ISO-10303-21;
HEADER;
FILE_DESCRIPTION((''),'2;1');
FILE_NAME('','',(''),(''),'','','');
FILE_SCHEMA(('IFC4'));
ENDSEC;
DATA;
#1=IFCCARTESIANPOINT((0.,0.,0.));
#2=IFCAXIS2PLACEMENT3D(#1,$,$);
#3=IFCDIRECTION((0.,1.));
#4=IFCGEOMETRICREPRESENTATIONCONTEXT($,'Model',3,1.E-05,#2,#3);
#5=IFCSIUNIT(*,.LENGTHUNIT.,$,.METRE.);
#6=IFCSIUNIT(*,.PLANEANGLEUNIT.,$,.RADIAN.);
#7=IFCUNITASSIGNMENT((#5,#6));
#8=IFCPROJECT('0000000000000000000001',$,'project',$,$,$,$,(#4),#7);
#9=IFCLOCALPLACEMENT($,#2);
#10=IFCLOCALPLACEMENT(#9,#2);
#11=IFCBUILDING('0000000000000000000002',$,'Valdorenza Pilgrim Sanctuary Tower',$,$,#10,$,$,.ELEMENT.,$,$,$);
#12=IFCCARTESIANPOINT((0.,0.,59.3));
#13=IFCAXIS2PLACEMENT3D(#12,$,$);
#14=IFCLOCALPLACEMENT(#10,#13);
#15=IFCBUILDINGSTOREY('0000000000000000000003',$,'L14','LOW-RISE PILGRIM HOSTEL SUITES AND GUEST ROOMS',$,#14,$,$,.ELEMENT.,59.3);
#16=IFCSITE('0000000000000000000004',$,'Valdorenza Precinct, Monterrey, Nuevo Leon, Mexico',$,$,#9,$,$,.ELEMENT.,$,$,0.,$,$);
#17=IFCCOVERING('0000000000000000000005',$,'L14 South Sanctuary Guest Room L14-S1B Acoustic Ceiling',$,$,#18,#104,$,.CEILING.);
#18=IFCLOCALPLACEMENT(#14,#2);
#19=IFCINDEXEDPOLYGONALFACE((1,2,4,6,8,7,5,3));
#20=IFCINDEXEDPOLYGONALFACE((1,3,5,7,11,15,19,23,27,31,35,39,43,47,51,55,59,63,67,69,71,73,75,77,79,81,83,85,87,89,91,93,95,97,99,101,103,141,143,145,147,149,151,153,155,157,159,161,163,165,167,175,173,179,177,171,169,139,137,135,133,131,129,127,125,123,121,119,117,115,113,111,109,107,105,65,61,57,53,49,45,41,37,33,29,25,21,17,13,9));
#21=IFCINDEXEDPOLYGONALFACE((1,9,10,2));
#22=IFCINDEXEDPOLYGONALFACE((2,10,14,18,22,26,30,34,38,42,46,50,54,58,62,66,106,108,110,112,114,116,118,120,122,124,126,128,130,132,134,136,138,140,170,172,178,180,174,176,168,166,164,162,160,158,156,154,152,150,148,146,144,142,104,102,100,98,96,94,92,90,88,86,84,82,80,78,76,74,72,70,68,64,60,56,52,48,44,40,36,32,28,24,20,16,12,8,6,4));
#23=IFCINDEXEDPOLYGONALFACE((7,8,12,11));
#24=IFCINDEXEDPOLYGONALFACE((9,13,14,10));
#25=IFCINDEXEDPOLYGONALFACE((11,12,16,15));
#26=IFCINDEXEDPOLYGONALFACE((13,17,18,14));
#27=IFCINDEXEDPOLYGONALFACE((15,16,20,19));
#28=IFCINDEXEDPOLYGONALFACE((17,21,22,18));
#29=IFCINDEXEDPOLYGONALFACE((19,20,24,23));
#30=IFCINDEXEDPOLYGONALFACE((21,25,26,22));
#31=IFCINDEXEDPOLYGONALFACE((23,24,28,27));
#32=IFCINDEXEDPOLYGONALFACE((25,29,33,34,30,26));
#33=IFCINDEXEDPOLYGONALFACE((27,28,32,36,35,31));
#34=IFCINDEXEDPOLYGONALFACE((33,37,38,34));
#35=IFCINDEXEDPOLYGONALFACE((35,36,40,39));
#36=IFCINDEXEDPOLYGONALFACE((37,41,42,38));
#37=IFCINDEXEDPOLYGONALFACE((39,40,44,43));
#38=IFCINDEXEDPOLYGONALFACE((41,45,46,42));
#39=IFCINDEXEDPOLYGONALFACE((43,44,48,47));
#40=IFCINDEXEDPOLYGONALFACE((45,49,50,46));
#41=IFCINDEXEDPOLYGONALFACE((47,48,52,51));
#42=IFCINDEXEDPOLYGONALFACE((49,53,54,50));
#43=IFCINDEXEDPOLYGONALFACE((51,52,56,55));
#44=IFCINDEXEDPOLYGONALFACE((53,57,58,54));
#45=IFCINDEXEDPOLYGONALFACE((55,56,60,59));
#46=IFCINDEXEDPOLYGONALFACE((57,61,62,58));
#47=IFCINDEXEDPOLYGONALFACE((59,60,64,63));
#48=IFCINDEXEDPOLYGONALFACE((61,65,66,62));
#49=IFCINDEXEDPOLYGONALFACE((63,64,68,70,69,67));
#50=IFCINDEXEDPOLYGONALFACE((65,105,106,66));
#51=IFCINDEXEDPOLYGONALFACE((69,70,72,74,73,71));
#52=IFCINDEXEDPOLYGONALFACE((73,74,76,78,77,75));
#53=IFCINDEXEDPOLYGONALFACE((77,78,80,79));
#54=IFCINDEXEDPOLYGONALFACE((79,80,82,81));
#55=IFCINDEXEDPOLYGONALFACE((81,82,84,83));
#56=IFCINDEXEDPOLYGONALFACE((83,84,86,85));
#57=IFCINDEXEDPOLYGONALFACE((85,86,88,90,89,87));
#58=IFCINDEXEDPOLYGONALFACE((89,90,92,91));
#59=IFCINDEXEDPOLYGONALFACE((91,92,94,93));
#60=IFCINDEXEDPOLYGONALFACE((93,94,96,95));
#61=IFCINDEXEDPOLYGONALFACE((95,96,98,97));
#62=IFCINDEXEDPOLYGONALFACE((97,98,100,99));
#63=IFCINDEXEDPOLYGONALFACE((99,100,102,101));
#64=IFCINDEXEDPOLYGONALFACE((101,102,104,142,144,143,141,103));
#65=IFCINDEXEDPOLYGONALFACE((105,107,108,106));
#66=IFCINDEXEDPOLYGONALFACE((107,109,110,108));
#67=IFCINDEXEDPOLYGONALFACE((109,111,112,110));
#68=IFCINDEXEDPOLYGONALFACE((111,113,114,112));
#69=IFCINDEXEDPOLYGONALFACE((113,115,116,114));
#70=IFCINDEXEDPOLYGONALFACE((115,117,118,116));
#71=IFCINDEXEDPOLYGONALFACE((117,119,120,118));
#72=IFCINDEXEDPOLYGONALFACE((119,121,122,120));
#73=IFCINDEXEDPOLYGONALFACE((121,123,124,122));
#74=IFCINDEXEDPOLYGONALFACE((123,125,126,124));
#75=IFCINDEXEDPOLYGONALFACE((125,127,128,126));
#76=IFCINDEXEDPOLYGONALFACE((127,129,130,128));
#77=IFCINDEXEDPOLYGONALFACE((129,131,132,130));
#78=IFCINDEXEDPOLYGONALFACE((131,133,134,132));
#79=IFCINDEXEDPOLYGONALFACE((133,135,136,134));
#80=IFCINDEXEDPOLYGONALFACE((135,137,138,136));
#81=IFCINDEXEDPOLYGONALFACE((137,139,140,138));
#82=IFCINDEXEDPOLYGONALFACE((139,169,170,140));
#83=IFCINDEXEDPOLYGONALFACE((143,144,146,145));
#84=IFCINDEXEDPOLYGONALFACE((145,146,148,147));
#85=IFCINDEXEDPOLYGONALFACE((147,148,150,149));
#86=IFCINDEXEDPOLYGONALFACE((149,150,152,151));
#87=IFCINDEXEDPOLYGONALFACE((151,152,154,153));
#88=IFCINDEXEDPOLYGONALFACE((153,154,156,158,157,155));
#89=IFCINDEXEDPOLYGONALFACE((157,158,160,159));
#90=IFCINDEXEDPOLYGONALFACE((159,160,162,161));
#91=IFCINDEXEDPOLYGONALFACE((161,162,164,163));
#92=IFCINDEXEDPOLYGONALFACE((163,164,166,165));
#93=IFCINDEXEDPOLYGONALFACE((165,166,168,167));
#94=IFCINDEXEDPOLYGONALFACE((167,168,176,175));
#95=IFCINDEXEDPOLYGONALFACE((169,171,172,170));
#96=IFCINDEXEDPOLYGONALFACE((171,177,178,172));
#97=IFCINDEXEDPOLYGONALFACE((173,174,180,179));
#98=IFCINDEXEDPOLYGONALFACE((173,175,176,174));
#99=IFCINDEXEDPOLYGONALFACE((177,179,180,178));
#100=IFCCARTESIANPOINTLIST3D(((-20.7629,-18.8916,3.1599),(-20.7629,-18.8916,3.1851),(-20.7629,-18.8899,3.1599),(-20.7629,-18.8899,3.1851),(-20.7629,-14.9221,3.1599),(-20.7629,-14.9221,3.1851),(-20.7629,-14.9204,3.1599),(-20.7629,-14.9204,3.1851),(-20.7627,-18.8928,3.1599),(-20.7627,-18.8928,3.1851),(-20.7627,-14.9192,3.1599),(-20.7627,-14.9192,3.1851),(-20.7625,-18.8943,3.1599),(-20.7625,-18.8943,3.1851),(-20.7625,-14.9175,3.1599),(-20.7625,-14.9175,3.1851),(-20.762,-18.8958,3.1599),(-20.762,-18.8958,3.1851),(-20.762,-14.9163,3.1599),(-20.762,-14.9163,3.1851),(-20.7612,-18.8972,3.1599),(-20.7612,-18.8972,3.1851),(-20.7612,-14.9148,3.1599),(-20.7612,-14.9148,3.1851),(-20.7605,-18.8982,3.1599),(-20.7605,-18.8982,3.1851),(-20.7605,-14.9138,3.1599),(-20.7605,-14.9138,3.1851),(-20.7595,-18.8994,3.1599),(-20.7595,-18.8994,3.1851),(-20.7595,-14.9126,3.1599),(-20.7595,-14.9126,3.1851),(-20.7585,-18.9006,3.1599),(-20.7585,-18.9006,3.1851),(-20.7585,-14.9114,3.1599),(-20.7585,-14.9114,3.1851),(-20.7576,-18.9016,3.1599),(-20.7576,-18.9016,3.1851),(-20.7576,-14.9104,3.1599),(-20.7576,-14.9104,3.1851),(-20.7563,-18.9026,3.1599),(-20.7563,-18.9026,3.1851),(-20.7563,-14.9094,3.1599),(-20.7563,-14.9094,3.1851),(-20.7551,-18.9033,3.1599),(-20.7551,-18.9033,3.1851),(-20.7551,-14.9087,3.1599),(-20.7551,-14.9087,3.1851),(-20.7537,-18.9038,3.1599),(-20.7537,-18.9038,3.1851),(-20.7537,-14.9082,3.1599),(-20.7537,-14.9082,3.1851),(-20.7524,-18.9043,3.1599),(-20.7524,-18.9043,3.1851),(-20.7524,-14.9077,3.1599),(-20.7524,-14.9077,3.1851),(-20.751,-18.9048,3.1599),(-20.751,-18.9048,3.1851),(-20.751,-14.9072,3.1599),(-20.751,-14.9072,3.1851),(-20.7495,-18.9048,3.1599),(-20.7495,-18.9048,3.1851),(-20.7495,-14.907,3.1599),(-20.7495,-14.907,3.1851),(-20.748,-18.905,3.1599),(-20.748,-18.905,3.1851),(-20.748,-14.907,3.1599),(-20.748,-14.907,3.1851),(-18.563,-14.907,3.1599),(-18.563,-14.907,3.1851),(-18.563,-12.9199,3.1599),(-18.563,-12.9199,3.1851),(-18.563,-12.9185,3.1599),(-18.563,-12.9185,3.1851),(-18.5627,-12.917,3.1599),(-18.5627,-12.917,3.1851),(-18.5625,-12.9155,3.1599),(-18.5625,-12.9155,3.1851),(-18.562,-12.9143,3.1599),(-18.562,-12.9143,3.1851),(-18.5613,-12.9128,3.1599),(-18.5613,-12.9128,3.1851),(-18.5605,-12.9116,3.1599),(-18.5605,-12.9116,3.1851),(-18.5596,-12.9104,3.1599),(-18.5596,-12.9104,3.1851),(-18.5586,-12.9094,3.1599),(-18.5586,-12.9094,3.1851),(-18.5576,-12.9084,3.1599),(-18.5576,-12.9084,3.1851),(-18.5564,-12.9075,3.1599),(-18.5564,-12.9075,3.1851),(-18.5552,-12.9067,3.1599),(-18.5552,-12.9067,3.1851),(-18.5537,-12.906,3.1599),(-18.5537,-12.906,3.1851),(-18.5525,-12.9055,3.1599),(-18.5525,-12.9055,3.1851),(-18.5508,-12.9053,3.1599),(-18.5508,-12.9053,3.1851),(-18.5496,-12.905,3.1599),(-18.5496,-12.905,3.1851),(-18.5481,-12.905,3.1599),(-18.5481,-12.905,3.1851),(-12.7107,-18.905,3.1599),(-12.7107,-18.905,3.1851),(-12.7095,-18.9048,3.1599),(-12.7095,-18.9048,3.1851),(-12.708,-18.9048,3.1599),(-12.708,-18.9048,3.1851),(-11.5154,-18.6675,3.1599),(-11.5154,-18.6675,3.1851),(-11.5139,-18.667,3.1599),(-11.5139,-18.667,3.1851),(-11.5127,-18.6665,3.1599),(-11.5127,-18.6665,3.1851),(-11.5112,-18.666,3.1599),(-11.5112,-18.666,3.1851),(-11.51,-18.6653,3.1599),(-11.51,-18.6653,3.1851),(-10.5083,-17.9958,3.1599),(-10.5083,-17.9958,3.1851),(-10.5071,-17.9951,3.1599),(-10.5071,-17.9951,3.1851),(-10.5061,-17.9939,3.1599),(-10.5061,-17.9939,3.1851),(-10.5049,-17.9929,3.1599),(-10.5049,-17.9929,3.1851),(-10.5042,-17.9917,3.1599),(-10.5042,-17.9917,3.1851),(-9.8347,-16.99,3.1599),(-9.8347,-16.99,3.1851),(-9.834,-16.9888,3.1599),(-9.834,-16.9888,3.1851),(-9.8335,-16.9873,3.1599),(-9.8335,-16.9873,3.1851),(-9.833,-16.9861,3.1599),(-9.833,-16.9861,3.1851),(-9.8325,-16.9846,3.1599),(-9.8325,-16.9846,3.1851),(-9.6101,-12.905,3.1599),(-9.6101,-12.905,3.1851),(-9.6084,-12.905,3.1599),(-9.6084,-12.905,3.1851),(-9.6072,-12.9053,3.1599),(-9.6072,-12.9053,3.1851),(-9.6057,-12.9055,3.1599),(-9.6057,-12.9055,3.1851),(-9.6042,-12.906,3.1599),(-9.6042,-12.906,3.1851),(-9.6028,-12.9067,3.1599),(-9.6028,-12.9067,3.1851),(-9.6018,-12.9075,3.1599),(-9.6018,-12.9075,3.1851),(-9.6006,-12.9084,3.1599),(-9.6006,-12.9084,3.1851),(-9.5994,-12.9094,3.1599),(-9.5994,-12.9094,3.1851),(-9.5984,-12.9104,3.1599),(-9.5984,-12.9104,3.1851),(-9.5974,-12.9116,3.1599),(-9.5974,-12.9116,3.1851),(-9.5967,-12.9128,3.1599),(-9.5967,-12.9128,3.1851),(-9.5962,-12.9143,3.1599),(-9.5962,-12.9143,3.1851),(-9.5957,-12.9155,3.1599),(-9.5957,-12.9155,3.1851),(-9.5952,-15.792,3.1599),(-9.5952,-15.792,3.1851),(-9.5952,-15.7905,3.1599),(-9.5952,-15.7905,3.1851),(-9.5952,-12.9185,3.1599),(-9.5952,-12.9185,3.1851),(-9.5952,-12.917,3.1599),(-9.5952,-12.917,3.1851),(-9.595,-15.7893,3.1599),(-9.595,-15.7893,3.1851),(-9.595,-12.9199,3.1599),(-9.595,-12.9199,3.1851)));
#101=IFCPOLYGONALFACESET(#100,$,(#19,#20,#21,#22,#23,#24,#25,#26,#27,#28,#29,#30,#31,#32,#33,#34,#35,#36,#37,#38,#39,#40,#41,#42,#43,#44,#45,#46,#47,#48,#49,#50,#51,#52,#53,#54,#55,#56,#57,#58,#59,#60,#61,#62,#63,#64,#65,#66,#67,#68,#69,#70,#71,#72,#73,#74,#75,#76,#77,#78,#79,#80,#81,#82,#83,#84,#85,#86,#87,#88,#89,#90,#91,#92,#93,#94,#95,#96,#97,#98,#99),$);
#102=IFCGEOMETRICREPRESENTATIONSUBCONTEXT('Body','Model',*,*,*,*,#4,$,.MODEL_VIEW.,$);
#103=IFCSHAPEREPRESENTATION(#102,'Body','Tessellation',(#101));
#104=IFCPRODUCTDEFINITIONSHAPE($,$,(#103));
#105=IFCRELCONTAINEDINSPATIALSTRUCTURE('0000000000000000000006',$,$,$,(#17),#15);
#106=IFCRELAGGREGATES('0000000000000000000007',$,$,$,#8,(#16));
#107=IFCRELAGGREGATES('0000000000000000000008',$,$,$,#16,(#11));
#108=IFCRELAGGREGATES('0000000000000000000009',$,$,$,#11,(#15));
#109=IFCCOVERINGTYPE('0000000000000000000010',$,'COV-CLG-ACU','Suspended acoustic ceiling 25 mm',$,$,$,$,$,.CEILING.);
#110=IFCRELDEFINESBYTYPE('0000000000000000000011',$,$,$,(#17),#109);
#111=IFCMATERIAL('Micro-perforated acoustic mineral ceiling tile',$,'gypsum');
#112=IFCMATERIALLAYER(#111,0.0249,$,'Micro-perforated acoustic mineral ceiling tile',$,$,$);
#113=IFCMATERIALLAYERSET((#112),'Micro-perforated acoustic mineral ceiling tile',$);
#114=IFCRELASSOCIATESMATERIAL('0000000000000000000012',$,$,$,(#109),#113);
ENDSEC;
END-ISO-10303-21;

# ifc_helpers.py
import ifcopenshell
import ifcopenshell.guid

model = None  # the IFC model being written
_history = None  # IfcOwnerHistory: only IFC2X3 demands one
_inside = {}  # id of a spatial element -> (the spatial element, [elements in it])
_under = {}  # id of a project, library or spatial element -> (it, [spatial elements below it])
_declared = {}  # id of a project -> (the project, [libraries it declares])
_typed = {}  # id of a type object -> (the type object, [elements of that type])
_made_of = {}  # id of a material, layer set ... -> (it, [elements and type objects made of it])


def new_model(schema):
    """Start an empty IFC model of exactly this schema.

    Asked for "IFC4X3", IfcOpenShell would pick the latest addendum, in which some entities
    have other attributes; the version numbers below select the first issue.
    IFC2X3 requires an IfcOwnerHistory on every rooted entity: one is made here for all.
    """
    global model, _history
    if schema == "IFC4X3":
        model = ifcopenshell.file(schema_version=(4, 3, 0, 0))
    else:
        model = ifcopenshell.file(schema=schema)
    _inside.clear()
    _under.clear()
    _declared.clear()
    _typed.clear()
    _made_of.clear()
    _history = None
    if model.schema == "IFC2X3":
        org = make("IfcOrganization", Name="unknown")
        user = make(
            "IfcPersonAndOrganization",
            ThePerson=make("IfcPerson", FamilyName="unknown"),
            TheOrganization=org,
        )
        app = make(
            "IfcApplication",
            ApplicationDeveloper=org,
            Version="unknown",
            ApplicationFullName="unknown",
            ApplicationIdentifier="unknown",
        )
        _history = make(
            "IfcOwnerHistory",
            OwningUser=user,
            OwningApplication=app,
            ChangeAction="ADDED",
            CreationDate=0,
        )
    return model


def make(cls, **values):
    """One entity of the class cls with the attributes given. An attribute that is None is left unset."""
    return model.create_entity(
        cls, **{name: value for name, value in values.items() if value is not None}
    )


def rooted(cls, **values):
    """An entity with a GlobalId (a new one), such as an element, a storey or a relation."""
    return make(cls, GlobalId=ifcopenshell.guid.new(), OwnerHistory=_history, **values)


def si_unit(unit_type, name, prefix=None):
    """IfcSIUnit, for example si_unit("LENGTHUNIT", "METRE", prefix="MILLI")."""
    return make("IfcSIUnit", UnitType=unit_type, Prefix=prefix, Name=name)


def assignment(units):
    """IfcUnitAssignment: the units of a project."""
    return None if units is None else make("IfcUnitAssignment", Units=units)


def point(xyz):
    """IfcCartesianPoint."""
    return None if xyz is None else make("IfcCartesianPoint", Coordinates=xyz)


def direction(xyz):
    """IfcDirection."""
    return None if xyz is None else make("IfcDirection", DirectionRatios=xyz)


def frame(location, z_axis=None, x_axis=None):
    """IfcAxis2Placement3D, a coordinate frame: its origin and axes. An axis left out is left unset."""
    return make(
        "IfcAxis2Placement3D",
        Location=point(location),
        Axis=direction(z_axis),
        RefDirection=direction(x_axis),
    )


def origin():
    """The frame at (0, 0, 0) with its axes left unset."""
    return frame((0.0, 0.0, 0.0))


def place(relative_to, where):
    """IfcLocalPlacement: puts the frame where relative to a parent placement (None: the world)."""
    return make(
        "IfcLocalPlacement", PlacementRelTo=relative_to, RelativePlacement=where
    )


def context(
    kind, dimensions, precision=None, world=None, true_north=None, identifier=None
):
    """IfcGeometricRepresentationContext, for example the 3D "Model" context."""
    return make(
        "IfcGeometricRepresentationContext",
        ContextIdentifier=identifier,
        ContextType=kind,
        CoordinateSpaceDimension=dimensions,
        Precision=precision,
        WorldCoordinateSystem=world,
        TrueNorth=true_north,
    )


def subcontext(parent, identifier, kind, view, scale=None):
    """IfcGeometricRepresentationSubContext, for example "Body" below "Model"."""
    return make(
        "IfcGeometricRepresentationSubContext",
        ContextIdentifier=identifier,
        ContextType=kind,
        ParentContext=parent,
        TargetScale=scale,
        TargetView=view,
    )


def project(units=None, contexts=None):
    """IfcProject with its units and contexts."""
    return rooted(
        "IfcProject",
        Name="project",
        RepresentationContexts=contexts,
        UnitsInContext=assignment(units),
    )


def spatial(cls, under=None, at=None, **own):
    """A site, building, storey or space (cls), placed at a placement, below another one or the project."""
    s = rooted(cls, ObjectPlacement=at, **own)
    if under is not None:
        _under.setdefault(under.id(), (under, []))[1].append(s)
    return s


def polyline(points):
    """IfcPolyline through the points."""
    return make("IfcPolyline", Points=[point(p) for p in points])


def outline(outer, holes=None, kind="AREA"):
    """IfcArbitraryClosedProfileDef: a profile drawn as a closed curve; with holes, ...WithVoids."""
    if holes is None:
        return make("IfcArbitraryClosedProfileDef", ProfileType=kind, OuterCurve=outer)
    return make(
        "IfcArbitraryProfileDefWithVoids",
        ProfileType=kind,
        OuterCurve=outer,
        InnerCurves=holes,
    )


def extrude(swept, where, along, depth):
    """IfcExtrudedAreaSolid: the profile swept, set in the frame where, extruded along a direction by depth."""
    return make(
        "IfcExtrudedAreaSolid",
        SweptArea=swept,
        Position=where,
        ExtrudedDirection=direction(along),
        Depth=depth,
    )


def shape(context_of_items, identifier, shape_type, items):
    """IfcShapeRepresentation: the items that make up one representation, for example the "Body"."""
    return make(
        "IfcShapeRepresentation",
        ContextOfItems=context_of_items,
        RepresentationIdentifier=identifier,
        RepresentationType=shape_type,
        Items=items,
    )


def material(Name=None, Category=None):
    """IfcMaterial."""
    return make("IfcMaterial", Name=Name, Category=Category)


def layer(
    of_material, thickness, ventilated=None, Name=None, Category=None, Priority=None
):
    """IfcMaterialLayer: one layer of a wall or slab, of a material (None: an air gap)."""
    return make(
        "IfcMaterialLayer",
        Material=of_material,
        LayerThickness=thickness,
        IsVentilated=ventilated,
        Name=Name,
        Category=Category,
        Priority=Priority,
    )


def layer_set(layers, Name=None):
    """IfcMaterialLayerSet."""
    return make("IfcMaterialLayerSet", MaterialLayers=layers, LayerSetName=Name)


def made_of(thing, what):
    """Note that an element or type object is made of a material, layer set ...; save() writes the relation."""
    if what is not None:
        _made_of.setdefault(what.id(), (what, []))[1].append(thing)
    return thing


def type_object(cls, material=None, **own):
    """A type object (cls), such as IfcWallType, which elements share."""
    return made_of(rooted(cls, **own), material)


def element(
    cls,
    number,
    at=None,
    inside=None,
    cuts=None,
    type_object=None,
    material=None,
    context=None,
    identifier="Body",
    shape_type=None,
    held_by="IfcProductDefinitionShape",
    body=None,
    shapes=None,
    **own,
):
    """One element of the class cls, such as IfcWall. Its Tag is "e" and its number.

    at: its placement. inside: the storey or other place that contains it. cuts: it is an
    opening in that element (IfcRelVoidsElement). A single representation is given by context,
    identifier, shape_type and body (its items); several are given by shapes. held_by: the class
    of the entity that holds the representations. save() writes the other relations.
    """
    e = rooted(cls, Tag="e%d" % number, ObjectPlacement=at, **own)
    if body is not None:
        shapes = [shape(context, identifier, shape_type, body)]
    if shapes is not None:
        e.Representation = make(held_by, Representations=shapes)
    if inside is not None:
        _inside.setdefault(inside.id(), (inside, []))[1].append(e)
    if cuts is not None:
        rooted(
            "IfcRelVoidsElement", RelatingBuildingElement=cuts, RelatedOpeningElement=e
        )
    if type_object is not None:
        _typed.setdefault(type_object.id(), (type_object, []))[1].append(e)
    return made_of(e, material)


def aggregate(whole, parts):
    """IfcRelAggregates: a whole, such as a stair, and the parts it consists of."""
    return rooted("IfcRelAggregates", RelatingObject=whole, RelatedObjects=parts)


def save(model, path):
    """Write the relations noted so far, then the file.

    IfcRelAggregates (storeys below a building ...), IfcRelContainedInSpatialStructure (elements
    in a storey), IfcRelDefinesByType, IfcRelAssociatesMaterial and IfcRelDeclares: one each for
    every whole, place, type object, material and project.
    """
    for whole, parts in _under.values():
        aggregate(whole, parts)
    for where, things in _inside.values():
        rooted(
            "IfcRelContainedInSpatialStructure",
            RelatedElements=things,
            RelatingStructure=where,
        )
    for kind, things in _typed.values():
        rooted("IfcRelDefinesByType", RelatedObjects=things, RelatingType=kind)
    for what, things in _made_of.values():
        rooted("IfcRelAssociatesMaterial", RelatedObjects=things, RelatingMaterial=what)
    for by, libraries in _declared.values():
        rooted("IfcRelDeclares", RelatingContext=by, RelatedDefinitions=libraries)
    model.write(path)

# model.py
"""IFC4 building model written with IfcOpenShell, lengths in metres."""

from ifc_helpers import new_model, si_unit, direction, frame, origin, place, context, subcontext, project, spatial, polyline, outline, extrude, material, layer, layer_set, type_object, element, save


model = new_model("IFC4")

# Units and contexts
model_context = context("Model", 3, precision=1e-05, world=origin(), true_north=direction((0.0, 1.0)))
body_context = subcontext(model_context, "Body", "Model", "MODEL_VIEW")
ifc_project = project(units=[si_unit("LENGTHUNIT", "METRE"), si_unit("PLANEANGLEUNIT", "RADIAN")], contexts=[model_context])

# Site, building, storey
site_placement = place(None, origin())
site = spatial("IfcSite", under=ifc_project, at=site_placement, Name="Valdorenza Precinct, Monterrey, Nuevo Leon, Mexico", CompositionType="ELEMENT", RefElevation=0.0)
building_placement = place(site_placement, origin())
building = spatial("IfcBuilding", under=site, at=building_placement, Name="Valdorenza Pilgrim Sanctuary Tower", CompositionType="ELEMENT")
storey_placement = place(building_placement, frame((0.0, 0.0, 59.3)))
storey = spatial("IfcBuildingStorey", under=building, at=storey_placement, Name="L14", Description="LOW-RISE PILGRIM HOSTEL SUITES AND GUEST ROOMS", CompositionType="ELEMENT", Elevation=59.3)

# Covering
ifc_material_1 = material(Name="Micro-perforated acoustic mineral ceiling tile", Category="gypsum")
ifc_layer_1 = layer(ifc_material_1, 0.0249, Name="Micro-perforated acoustic mineral ceiling tile")
ifc_layer_set_1 = layer_set([ifc_layer_1], Name="Micro-perforated acoustic mineral ceiling tile")
covering_type_1 = type_object("IfcCoveringType", Name="COV-CLG-ACU", Description="Suspended acoustic ceiling 25 mm", PredefinedType="CEILING", material=ifc_layer_set_1)
covering_1_placement = place(storey_placement, frame((0.0, 0.0, 3.1599)))
element("IfcCovering", 1, at=covering_1_placement, inside=storey, type_object=covering_type_1, Name="L14 South Sanctuary Guest Room L14-S1B Acoustic Ceiling", PredefinedType="CEILING", context=body_context, shape_type="SweptSolid", body=[
    extrude(outline(polyline([(-18.563, -14.907), (-18.563, -12.9199), (-18.563, -12.9185), (-18.5627, -12.917), (-18.5625, -12.9155), (-18.562, -12.9143), (-18.5613, -12.9128), (-18.5605, -12.9116), (-18.5596, -12.9104), (-18.5586, -12.9094), (-18.5576, -12.9084), (-18.5564, -12.9075), (-18.5552, -12.9067), (-18.5537, -12.906), (-18.5525, -12.9055), (-18.5508, -12.9053), (-18.5496, -12.905), (-18.5481, -12.905), (-9.6101, -12.905), (-9.6084, -12.905), (-9.6072, -12.9053), (-9.6057, -12.9055), (-9.6042, -12.906), (-9.6028, -12.9067), (-9.6018, -12.9075), (-9.6006, -12.9084), (-9.5994, -12.9094), (-9.5984, -12.9104), (-9.5974, -12.9116), (-9.5967, -12.9128), (-9.5962, -12.9143), (-9.5957, -12.9155), (-9.5952, -12.917), (-9.5952, -12.9185), (-9.595, -12.9199), (-9.595, -15.7893), (-9.5952, -15.7905), (-9.5952, -15.792), (-9.8325, -16.9846), (-9.833, -16.9861), (-9.8335, -16.9873), (-9.834, -16.9888), (-9.8347, -16.99), (-10.5042, -17.9917), (-10.5049, -17.9929), (-10.5061, -17.9939), (-10.5071, -17.9951), (-10.5083, -17.9958), (-11.51, -18.6653), (-11.5112, -18.666), (-11.5127, -18.6665), (-11.5139, -18.667), (-11.5154, -18.6675), (-12.708, -18.9048), (-12.7095, -18.9048), (-12.7107, -18.905), (-20.748, -18.905), (-20.7495, -18.9048), (-20.751, -18.9048), (-20.7524, -18.9043), (-20.7537, -18.9038), (-20.7551, -18.9033), (-20.7563, -18.9026), (-20.7576, -18.9016), (-20.7585, -18.9006), (-20.7595, -18.8994), (-20.7605, -18.8982), (-20.7612, -18.8972), (-20.762, -18.8958), (-20.7625, -18.8943), (-20.7627, -18.8928), (-20.7629, -18.8916), (-20.7629, -18.8899), (-20.7629, -14.9221), (-20.7629, -14.9204), (-20.7627, -14.9192), (-20.7625, -14.9175), (-20.762, -14.9163), (-20.7612, -14.9148), (-20.7605, -14.9138), (-20.7595, -14.9126), (-20.7585, -14.9114), (-20.7576, -14.9104), (-20.7563, -14.9094), (-20.7551, -14.9087), (-20.7537, -14.9082), (-20.7524, -14.9077), (-20.751, -14.9072), (-20.7495, -14.907), (-20.748, -14.907), (-18.563, -14.907)])), origin(), (0.0, 0.0, 1.0), 0.0251),
])

save(model, "model.ifc")
